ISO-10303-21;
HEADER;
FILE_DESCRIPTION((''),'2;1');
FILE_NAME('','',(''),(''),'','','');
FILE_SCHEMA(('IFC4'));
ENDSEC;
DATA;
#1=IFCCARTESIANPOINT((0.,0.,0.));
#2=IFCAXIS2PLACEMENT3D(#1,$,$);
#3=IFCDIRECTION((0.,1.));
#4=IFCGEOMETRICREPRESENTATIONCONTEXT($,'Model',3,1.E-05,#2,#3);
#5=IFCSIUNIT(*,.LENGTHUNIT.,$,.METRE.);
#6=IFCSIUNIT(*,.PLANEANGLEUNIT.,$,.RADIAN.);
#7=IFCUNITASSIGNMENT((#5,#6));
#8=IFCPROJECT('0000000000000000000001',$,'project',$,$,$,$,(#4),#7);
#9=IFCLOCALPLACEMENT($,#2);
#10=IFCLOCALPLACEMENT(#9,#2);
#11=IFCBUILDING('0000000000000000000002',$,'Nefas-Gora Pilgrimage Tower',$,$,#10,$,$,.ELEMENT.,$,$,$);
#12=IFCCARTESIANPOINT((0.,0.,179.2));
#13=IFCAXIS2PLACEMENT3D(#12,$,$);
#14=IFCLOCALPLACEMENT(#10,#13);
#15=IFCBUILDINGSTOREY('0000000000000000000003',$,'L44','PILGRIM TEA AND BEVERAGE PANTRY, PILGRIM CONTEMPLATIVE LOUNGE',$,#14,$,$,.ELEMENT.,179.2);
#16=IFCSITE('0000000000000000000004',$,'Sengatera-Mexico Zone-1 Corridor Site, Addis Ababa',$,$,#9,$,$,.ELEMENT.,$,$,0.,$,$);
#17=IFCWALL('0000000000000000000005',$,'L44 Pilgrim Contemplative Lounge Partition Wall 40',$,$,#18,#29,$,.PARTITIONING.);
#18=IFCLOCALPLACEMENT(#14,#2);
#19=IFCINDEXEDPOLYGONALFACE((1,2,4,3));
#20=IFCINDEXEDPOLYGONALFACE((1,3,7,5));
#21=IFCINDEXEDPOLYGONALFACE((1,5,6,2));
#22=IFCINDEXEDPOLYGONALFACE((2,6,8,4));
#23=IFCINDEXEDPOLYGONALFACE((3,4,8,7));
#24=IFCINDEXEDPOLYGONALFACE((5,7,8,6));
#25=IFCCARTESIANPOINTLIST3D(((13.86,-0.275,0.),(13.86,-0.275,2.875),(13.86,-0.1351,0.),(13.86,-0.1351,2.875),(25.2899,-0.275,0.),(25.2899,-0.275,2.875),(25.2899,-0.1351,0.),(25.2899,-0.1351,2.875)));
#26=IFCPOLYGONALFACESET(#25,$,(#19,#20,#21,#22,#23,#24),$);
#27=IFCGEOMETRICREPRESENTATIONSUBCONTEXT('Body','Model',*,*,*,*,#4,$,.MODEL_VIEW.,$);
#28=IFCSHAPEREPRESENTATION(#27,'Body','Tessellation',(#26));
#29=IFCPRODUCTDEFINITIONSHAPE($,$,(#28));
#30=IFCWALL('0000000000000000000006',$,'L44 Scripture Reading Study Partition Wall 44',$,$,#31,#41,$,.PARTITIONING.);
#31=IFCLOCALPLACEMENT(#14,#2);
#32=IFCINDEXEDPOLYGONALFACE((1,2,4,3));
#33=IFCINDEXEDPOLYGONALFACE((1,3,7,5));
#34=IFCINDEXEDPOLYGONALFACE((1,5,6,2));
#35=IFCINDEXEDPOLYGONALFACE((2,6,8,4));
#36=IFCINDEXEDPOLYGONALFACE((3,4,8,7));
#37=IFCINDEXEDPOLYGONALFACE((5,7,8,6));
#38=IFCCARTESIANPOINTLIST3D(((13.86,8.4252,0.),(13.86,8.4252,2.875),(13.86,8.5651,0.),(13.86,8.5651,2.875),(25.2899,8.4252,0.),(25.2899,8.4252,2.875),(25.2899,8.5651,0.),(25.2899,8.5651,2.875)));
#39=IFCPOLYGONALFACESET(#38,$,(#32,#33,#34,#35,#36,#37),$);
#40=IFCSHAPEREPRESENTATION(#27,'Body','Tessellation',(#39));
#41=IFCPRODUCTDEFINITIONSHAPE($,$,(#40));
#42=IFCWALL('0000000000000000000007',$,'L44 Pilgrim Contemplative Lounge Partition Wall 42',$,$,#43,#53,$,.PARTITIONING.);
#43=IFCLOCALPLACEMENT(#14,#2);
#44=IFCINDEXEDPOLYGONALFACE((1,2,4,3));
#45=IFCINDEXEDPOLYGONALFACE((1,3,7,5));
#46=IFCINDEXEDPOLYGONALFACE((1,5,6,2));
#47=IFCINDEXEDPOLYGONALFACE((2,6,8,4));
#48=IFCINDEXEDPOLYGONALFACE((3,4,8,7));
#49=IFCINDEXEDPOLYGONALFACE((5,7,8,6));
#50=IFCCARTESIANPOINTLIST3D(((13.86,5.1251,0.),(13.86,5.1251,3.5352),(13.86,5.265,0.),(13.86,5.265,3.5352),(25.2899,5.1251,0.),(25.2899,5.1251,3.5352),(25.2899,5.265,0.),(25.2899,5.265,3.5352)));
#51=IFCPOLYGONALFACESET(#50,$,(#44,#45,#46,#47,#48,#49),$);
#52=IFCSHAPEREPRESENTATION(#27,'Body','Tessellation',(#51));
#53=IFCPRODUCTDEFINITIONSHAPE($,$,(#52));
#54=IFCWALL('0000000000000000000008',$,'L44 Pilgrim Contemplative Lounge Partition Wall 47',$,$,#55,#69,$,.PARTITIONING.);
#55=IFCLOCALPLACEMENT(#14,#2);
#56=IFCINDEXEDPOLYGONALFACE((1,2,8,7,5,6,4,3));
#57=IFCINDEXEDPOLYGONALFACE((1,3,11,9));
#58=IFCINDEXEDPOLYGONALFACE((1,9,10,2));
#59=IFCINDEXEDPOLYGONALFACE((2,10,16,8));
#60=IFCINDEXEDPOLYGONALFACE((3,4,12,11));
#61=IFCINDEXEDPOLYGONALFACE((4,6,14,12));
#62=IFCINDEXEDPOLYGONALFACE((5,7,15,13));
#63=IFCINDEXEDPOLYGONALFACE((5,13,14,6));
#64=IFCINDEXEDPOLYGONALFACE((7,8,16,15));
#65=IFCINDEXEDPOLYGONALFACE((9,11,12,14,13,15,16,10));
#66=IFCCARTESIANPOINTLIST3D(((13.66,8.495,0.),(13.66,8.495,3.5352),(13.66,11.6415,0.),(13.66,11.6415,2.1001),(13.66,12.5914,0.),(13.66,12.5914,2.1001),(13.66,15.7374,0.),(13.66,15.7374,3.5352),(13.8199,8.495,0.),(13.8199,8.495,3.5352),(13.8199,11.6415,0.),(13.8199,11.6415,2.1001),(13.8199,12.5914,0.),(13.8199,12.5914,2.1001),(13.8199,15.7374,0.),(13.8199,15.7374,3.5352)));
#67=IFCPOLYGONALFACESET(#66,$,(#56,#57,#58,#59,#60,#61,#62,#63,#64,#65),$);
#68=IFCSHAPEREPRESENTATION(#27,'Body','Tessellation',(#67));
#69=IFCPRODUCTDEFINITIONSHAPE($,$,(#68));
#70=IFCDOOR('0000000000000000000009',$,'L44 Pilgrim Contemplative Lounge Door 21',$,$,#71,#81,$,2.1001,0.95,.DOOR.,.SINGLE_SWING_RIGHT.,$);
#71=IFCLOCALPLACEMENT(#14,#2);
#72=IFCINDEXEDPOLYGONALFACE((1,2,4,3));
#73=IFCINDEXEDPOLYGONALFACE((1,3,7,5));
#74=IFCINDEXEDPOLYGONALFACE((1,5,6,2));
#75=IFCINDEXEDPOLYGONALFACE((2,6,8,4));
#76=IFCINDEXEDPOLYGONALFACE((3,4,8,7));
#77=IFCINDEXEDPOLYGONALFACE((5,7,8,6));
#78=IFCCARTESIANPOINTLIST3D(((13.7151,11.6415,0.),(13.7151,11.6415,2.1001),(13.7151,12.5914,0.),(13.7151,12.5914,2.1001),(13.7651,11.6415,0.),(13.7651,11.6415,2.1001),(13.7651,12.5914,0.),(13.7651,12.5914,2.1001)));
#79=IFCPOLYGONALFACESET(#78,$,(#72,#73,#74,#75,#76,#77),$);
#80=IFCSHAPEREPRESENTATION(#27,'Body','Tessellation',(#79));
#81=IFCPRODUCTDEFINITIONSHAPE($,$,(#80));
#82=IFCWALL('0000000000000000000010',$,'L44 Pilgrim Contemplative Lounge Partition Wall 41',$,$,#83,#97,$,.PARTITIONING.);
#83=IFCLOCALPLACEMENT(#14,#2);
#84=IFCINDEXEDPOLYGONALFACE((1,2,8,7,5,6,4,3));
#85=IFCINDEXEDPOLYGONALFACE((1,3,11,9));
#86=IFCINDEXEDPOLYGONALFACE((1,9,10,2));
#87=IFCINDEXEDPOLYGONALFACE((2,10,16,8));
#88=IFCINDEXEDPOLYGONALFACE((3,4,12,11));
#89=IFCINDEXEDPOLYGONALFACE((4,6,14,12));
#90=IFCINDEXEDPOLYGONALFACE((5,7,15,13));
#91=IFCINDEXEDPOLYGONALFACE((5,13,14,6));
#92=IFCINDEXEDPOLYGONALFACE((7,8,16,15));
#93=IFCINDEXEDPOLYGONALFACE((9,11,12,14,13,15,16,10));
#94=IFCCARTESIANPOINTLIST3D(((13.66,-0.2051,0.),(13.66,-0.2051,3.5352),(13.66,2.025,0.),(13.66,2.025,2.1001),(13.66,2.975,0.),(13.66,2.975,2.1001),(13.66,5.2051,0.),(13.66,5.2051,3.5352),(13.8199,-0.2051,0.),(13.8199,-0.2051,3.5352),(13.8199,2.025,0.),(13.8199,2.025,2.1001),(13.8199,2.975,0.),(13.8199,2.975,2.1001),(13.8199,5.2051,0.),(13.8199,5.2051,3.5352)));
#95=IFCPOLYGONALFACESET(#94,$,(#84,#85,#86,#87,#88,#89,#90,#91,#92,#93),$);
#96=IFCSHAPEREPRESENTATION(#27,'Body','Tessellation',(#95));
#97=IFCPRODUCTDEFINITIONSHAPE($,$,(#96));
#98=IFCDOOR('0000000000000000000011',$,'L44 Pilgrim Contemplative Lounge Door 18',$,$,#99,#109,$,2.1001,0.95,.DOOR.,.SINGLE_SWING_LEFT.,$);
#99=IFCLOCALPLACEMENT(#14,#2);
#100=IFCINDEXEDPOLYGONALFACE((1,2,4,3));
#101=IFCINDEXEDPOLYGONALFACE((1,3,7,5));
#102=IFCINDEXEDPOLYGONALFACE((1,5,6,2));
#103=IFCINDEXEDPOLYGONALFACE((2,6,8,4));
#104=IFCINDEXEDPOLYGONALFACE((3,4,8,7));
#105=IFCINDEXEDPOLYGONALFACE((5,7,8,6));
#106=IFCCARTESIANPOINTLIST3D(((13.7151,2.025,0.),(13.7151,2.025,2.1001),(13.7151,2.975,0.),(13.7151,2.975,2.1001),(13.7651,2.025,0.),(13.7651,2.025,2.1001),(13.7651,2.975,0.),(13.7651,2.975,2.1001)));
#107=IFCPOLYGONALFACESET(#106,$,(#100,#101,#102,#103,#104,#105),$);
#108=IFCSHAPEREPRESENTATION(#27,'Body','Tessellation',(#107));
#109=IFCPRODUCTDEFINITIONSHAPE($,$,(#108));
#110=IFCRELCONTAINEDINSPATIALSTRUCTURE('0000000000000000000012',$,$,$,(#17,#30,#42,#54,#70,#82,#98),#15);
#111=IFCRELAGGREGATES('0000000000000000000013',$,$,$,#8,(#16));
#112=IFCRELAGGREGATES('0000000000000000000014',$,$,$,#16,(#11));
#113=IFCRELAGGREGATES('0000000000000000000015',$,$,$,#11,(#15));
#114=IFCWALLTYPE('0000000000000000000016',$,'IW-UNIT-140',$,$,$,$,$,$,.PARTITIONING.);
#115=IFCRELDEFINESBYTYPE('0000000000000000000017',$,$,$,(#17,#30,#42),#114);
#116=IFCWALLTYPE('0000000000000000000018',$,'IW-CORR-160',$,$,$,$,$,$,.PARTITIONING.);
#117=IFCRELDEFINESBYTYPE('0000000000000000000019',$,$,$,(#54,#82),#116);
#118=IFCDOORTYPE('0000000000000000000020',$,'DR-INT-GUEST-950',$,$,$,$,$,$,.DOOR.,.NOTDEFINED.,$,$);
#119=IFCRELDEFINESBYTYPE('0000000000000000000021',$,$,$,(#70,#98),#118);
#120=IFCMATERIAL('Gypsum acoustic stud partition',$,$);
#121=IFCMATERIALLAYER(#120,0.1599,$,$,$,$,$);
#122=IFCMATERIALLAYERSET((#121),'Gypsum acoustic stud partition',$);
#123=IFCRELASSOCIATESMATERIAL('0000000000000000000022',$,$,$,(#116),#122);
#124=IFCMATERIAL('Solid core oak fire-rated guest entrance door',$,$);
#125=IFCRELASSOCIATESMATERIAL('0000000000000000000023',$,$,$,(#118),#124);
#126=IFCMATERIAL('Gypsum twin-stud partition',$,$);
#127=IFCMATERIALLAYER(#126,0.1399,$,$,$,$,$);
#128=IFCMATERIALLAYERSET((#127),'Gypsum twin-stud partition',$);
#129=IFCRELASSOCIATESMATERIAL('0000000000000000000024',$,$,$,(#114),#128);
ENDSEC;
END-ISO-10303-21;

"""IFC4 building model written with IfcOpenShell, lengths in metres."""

from ifc_helpers import new_model, si_unit, direction, frame, frame_2d, origin, place, context, subcontext, project, spatial, rectangle, extrude, source, transform, mapped, material, layer, layer_set, type_object, element, fill, save


model = new_model("IFC4")

# Units and contexts
model_context = context("Model", 3, precision=1e-05, world=origin(), true_north=direction((0.0, 1.0)))
body_context = subcontext(model_context, "Body", "Model", "MODEL_VIEW")
ifc_project = project(units=[si_unit("LENGTHUNIT", "METRE"), si_unit("PLANEANGLEUNIT", "RADIAN")], contexts=[model_context])

# Site, building, storey
site_placement = place(None, origin())
site = spatial("IfcSite", under=ifc_project, at=site_placement, Name="Sengatera-Mexico Zone-1 Corridor Site, Addis Ababa", CompositionType="ELEMENT", RefElevation=0.0)
building_placement = place(site_placement, origin())
building = spatial("IfcBuilding", under=site, at=building_placement, Name="Nefas-Gora Pilgrimage Tower", CompositionType="ELEMENT")
storey_placement = place(building_placement, frame((0.0, 0.0, 179.2)))
storey = spatial("IfcBuildingStorey", under=building, at=storey_placement, Name="L44", Description="PILGRIM TEA AND BEVERAGE PANTRY, PILGRIM CONTEMPLATIVE LOUNGE", CompositionType="ELEMENT", Elevation=179.2)

# Shared definitions
ifc_material_1 = material(Name="Gypsum acoustic stud partition")
ifc_layer_1 = layer(ifc_material_1, 0.1599)
ifc_layer_set_1 = layer_set([ifc_layer_1], Name="Gypsum acoustic stud partition")
wall_type_1 = type_object("IfcWallType", Name="IW-CORR-160", PredefinedType="PARTITIONING", material=ifc_layer_set_1)
ifc_material_2 = material(Name="Solid core oak fire-rated guest entrance door")
door_type = type_object("IfcDoorType", Name="DR-INT-GUEST-950", OperationType="NOTDEFINED", PredefinedType="DOOR", material=ifc_material_2)
shared_shape_1 = source(origin(), body_context, "Body", "SweptSolid", [
    extrude(rectangle(XDim=0.95, YDim=2.1001, at=frame_2d((0.4751, 1.05))), frame((0.0, 0.0249, 0.0), z_axis=(0.0, -1.0, 0.0), x_axis=(1.0, 0.0, 0.0)), (0.0, 0.0, 1.0), 0.05),
])

# Walls
ifc_material_3 = material(Name="Gypsum twin-stud partition")
ifc_layer_2 = layer(ifc_material_3, 0.1399)
ifc_layer_set_2 = layer_set([ifc_layer_2], Name="Gypsum twin-stud partition")
wall_type_2 = type_object("IfcWallType", Name="IW-UNIT-140", PredefinedType="PARTITIONING", material=ifc_layer_set_2)
shared_shape_2 = source(origin(), body_context, "Body", "SweptSolid", [
    extrude(rectangle(XDim=11.4299, YDim=0.1399, at=frame_2d((5.7148, 0.0))), origin(), (0.0, 0.0, 1.0), 2.875),
])
for number, where, z_axis, x_axis, name in (
    (1, (13.8601, -0.2051, 0.0), (0.0, 0.0, 1.0), (1.0, 0.0, 0.0), "L44 Pilgrim Contemplative Lounge Partition Wall 40"),
    (2, (13.8601, 8.4951, 0.0), (0.0, 0.0, 1.0), (1.0, 0.0, 0.0), "L44 Scripture Reading Study Partition Wall 44"),
):
    element("IfcWall", number, at=place(storey_placement, frame(where, z_axis=z_axis, x_axis=x_axis)), inside=storey, type_object=wall_type_2, Name=name, PredefinedType="PARTITIONING", context=body_context, shape_type="MappedRepresentation", body=[
        mapped(shared_shape_2, transform((0.0, 0.0, 0.0), x_axis=(1.0, 0.0, 0.0), y_axis=(0.0, 1.0, 0.0), z_axis=(0.0, 0.0, 1.0), scale=1.0)),
    ])
shared_shape_3 = source(origin(), body_context, "Body", "SweptSolid", [
    extrude(rectangle(XDim=11.4299, YDim=0.1399, at=frame_2d((5.7148, 0.0))), origin(), (0.0, 0.0, 1.0), 3.5352),
])
wall_1_placement = place(storey_placement, frame((13.8601, 5.1951, 0.0), z_axis=(0.0, 0.0, 1.0), x_axis=(1.0, 0.0, 0.0)))
element("IfcWall", 3, at=wall_1_placement, inside=storey, type_object=wall_type_2, Name="L44 Pilgrim Contemplative Lounge Partition Wall 42", PredefinedType="PARTITIONING", context=body_context, shape_type="MappedRepresentation", body=[
    mapped(shared_shape_3, transform((0.0, 0.0, 0.0), x_axis=(1.0, 0.0, 0.0), y_axis=(0.0, 1.0, 0.0), z_axis=(0.0, 0.0, 1.0), scale=1.0)),
])

# Walls, openings, doors
shared_shape_4 = source(origin(), body_context, "Body", "SweptSolid", [
    extrude(rectangle(XDim=7.2424, YDim=0.1599, at=frame_2d((3.6211, 0.0))), origin(), (0.0, 0.0, 1.0), 3.5352),
])
wall_2_placement = place(storey_placement, frame((13.74, 8.4951, 0.0), z_axis=(0.0, 0.0, 1.0), x_axis=(0.0, 1.0, 0.0)))
wall_2 = element("IfcWall", 4, at=wall_2_placement, inside=storey, type_object=wall_type_1, Name="L44 Pilgrim Contemplative Lounge Partition Wall 47", PredefinedType="PARTITIONING", context=body_context, shape_type="MappedRepresentation", body=[
    mapped(shared_shape_4, transform((0.0, 0.0, 0.0), x_axis=(1.0, 0.0, 0.0), y_axis=(0.0, 1.0, 0.0), z_axis=(0.0, 0.0, 1.0), scale=1.0)),
])
opening_1_placement = place(wall_2_placement, frame((3.1462, 0.0, 0.0)))
opening_1 = element("IfcOpeningElement", 5, at=opening_1_placement, cuts=wall_2, PredefinedType="OPENING", context=body_context, shape_type="SweptSolid", body=[
    extrude(rectangle(XDim=0.95, YDim=2.1001, at=frame_2d((0.4751, 1.05))), frame((0.0, 0.0898, 0.0), z_axis=(0.0, -1.0, 0.0), x_axis=(1.0, 0.0, 0.0)), (0.0, 0.0, 1.0), 0.1799),
])
door_1_placement = place(opening_1_placement, origin())
door_1 = element("IfcDoor", 6, at=door_1_placement, inside=storey, type_object=door_type, Name="L44 Pilgrim Contemplative Lounge Door 21", OperationType="SINGLE_SWING_RIGHT", OverallHeight=2.1001, OverallWidth=0.95, PredefinedType="DOOR", context=body_context, shape_type="MappedRepresentation", body=[
    mapped(shared_shape_1, transform((0.0, 0.0, 0.0), x_axis=(1.0, 0.0, 0.0), y_axis=(0.0, 1.0, 0.0), z_axis=(0.0, 0.0, 1.0), scale=1.0)),
])
fill(opening_1, door_1)
shared_shape_5 = source(origin(), body_context, "Body", "SweptSolid", [
    extrude(rectangle(XDim=5.4102, YDim=0.1599, at=frame_2d((2.7051, 0.0))), origin(), (0.0, 0.0, 1.0), 3.5352),
])
wall_3_placement = place(storey_placement, frame((13.74, -0.2051, 0.0), z_axis=(0.0, 0.0, 1.0), x_axis=(0.0, 1.0, 0.0)))
wall_3 = element("IfcWall", 7, at=wall_3_placement, inside=storey, type_object=wall_type_1, Name="L44 Pilgrim Contemplative Lounge Partition Wall 41", PredefinedType="PARTITIONING", context=body_context, shape_type="MappedRepresentation", body=[
    mapped(shared_shape_5, transform((0.0, 0.0, 0.0), x_axis=(1.0, 0.0, 0.0), y_axis=(0.0, 1.0, 0.0), z_axis=(0.0, 0.0, 1.0), scale=1.0)),
])
opening_2_placement = place(wall_3_placement, frame((2.23, 0.0, 0.0)))
opening_2 = element("IfcOpeningElement", 8, at=opening_2_placement, cuts=wall_3, PredefinedType="OPENING", context=body_context, shape_type="SweptSolid", body=[
    extrude(rectangle(XDim=0.95, YDim=2.1001, at=frame_2d((0.4751, 1.05))), frame((0.0, 0.0898, 0.0), z_axis=(0.0, -1.0, 0.0), x_axis=(1.0, 0.0, 0.0)), (0.0, 0.0, 1.0), 0.1799),
])
door_2_placement = place(opening_2_placement, origin())
door_2 = element("IfcDoor", 9, at=door_2_placement, inside=storey, type_object=door_type, Name="L44 Pilgrim Contemplative Lounge Door 18", OperationType="SINGLE_SWING_LEFT", OverallHeight=2.1001, OverallWidth=0.95, PredefinedType="DOOR", context=body_context, shape_type="MappedRepresentation", body=[
    mapped(shared_shape_1, transform((0.0, 0.0, 0.0), x_axis=(1.0, 0.0, 0.0), y_axis=(0.0, 1.0, 0.0), z_axis=(0.0, 0.0, 1.0), scale=1.0)),
])
fill(opening_2, door_2)

save(model, "model.ifc")
